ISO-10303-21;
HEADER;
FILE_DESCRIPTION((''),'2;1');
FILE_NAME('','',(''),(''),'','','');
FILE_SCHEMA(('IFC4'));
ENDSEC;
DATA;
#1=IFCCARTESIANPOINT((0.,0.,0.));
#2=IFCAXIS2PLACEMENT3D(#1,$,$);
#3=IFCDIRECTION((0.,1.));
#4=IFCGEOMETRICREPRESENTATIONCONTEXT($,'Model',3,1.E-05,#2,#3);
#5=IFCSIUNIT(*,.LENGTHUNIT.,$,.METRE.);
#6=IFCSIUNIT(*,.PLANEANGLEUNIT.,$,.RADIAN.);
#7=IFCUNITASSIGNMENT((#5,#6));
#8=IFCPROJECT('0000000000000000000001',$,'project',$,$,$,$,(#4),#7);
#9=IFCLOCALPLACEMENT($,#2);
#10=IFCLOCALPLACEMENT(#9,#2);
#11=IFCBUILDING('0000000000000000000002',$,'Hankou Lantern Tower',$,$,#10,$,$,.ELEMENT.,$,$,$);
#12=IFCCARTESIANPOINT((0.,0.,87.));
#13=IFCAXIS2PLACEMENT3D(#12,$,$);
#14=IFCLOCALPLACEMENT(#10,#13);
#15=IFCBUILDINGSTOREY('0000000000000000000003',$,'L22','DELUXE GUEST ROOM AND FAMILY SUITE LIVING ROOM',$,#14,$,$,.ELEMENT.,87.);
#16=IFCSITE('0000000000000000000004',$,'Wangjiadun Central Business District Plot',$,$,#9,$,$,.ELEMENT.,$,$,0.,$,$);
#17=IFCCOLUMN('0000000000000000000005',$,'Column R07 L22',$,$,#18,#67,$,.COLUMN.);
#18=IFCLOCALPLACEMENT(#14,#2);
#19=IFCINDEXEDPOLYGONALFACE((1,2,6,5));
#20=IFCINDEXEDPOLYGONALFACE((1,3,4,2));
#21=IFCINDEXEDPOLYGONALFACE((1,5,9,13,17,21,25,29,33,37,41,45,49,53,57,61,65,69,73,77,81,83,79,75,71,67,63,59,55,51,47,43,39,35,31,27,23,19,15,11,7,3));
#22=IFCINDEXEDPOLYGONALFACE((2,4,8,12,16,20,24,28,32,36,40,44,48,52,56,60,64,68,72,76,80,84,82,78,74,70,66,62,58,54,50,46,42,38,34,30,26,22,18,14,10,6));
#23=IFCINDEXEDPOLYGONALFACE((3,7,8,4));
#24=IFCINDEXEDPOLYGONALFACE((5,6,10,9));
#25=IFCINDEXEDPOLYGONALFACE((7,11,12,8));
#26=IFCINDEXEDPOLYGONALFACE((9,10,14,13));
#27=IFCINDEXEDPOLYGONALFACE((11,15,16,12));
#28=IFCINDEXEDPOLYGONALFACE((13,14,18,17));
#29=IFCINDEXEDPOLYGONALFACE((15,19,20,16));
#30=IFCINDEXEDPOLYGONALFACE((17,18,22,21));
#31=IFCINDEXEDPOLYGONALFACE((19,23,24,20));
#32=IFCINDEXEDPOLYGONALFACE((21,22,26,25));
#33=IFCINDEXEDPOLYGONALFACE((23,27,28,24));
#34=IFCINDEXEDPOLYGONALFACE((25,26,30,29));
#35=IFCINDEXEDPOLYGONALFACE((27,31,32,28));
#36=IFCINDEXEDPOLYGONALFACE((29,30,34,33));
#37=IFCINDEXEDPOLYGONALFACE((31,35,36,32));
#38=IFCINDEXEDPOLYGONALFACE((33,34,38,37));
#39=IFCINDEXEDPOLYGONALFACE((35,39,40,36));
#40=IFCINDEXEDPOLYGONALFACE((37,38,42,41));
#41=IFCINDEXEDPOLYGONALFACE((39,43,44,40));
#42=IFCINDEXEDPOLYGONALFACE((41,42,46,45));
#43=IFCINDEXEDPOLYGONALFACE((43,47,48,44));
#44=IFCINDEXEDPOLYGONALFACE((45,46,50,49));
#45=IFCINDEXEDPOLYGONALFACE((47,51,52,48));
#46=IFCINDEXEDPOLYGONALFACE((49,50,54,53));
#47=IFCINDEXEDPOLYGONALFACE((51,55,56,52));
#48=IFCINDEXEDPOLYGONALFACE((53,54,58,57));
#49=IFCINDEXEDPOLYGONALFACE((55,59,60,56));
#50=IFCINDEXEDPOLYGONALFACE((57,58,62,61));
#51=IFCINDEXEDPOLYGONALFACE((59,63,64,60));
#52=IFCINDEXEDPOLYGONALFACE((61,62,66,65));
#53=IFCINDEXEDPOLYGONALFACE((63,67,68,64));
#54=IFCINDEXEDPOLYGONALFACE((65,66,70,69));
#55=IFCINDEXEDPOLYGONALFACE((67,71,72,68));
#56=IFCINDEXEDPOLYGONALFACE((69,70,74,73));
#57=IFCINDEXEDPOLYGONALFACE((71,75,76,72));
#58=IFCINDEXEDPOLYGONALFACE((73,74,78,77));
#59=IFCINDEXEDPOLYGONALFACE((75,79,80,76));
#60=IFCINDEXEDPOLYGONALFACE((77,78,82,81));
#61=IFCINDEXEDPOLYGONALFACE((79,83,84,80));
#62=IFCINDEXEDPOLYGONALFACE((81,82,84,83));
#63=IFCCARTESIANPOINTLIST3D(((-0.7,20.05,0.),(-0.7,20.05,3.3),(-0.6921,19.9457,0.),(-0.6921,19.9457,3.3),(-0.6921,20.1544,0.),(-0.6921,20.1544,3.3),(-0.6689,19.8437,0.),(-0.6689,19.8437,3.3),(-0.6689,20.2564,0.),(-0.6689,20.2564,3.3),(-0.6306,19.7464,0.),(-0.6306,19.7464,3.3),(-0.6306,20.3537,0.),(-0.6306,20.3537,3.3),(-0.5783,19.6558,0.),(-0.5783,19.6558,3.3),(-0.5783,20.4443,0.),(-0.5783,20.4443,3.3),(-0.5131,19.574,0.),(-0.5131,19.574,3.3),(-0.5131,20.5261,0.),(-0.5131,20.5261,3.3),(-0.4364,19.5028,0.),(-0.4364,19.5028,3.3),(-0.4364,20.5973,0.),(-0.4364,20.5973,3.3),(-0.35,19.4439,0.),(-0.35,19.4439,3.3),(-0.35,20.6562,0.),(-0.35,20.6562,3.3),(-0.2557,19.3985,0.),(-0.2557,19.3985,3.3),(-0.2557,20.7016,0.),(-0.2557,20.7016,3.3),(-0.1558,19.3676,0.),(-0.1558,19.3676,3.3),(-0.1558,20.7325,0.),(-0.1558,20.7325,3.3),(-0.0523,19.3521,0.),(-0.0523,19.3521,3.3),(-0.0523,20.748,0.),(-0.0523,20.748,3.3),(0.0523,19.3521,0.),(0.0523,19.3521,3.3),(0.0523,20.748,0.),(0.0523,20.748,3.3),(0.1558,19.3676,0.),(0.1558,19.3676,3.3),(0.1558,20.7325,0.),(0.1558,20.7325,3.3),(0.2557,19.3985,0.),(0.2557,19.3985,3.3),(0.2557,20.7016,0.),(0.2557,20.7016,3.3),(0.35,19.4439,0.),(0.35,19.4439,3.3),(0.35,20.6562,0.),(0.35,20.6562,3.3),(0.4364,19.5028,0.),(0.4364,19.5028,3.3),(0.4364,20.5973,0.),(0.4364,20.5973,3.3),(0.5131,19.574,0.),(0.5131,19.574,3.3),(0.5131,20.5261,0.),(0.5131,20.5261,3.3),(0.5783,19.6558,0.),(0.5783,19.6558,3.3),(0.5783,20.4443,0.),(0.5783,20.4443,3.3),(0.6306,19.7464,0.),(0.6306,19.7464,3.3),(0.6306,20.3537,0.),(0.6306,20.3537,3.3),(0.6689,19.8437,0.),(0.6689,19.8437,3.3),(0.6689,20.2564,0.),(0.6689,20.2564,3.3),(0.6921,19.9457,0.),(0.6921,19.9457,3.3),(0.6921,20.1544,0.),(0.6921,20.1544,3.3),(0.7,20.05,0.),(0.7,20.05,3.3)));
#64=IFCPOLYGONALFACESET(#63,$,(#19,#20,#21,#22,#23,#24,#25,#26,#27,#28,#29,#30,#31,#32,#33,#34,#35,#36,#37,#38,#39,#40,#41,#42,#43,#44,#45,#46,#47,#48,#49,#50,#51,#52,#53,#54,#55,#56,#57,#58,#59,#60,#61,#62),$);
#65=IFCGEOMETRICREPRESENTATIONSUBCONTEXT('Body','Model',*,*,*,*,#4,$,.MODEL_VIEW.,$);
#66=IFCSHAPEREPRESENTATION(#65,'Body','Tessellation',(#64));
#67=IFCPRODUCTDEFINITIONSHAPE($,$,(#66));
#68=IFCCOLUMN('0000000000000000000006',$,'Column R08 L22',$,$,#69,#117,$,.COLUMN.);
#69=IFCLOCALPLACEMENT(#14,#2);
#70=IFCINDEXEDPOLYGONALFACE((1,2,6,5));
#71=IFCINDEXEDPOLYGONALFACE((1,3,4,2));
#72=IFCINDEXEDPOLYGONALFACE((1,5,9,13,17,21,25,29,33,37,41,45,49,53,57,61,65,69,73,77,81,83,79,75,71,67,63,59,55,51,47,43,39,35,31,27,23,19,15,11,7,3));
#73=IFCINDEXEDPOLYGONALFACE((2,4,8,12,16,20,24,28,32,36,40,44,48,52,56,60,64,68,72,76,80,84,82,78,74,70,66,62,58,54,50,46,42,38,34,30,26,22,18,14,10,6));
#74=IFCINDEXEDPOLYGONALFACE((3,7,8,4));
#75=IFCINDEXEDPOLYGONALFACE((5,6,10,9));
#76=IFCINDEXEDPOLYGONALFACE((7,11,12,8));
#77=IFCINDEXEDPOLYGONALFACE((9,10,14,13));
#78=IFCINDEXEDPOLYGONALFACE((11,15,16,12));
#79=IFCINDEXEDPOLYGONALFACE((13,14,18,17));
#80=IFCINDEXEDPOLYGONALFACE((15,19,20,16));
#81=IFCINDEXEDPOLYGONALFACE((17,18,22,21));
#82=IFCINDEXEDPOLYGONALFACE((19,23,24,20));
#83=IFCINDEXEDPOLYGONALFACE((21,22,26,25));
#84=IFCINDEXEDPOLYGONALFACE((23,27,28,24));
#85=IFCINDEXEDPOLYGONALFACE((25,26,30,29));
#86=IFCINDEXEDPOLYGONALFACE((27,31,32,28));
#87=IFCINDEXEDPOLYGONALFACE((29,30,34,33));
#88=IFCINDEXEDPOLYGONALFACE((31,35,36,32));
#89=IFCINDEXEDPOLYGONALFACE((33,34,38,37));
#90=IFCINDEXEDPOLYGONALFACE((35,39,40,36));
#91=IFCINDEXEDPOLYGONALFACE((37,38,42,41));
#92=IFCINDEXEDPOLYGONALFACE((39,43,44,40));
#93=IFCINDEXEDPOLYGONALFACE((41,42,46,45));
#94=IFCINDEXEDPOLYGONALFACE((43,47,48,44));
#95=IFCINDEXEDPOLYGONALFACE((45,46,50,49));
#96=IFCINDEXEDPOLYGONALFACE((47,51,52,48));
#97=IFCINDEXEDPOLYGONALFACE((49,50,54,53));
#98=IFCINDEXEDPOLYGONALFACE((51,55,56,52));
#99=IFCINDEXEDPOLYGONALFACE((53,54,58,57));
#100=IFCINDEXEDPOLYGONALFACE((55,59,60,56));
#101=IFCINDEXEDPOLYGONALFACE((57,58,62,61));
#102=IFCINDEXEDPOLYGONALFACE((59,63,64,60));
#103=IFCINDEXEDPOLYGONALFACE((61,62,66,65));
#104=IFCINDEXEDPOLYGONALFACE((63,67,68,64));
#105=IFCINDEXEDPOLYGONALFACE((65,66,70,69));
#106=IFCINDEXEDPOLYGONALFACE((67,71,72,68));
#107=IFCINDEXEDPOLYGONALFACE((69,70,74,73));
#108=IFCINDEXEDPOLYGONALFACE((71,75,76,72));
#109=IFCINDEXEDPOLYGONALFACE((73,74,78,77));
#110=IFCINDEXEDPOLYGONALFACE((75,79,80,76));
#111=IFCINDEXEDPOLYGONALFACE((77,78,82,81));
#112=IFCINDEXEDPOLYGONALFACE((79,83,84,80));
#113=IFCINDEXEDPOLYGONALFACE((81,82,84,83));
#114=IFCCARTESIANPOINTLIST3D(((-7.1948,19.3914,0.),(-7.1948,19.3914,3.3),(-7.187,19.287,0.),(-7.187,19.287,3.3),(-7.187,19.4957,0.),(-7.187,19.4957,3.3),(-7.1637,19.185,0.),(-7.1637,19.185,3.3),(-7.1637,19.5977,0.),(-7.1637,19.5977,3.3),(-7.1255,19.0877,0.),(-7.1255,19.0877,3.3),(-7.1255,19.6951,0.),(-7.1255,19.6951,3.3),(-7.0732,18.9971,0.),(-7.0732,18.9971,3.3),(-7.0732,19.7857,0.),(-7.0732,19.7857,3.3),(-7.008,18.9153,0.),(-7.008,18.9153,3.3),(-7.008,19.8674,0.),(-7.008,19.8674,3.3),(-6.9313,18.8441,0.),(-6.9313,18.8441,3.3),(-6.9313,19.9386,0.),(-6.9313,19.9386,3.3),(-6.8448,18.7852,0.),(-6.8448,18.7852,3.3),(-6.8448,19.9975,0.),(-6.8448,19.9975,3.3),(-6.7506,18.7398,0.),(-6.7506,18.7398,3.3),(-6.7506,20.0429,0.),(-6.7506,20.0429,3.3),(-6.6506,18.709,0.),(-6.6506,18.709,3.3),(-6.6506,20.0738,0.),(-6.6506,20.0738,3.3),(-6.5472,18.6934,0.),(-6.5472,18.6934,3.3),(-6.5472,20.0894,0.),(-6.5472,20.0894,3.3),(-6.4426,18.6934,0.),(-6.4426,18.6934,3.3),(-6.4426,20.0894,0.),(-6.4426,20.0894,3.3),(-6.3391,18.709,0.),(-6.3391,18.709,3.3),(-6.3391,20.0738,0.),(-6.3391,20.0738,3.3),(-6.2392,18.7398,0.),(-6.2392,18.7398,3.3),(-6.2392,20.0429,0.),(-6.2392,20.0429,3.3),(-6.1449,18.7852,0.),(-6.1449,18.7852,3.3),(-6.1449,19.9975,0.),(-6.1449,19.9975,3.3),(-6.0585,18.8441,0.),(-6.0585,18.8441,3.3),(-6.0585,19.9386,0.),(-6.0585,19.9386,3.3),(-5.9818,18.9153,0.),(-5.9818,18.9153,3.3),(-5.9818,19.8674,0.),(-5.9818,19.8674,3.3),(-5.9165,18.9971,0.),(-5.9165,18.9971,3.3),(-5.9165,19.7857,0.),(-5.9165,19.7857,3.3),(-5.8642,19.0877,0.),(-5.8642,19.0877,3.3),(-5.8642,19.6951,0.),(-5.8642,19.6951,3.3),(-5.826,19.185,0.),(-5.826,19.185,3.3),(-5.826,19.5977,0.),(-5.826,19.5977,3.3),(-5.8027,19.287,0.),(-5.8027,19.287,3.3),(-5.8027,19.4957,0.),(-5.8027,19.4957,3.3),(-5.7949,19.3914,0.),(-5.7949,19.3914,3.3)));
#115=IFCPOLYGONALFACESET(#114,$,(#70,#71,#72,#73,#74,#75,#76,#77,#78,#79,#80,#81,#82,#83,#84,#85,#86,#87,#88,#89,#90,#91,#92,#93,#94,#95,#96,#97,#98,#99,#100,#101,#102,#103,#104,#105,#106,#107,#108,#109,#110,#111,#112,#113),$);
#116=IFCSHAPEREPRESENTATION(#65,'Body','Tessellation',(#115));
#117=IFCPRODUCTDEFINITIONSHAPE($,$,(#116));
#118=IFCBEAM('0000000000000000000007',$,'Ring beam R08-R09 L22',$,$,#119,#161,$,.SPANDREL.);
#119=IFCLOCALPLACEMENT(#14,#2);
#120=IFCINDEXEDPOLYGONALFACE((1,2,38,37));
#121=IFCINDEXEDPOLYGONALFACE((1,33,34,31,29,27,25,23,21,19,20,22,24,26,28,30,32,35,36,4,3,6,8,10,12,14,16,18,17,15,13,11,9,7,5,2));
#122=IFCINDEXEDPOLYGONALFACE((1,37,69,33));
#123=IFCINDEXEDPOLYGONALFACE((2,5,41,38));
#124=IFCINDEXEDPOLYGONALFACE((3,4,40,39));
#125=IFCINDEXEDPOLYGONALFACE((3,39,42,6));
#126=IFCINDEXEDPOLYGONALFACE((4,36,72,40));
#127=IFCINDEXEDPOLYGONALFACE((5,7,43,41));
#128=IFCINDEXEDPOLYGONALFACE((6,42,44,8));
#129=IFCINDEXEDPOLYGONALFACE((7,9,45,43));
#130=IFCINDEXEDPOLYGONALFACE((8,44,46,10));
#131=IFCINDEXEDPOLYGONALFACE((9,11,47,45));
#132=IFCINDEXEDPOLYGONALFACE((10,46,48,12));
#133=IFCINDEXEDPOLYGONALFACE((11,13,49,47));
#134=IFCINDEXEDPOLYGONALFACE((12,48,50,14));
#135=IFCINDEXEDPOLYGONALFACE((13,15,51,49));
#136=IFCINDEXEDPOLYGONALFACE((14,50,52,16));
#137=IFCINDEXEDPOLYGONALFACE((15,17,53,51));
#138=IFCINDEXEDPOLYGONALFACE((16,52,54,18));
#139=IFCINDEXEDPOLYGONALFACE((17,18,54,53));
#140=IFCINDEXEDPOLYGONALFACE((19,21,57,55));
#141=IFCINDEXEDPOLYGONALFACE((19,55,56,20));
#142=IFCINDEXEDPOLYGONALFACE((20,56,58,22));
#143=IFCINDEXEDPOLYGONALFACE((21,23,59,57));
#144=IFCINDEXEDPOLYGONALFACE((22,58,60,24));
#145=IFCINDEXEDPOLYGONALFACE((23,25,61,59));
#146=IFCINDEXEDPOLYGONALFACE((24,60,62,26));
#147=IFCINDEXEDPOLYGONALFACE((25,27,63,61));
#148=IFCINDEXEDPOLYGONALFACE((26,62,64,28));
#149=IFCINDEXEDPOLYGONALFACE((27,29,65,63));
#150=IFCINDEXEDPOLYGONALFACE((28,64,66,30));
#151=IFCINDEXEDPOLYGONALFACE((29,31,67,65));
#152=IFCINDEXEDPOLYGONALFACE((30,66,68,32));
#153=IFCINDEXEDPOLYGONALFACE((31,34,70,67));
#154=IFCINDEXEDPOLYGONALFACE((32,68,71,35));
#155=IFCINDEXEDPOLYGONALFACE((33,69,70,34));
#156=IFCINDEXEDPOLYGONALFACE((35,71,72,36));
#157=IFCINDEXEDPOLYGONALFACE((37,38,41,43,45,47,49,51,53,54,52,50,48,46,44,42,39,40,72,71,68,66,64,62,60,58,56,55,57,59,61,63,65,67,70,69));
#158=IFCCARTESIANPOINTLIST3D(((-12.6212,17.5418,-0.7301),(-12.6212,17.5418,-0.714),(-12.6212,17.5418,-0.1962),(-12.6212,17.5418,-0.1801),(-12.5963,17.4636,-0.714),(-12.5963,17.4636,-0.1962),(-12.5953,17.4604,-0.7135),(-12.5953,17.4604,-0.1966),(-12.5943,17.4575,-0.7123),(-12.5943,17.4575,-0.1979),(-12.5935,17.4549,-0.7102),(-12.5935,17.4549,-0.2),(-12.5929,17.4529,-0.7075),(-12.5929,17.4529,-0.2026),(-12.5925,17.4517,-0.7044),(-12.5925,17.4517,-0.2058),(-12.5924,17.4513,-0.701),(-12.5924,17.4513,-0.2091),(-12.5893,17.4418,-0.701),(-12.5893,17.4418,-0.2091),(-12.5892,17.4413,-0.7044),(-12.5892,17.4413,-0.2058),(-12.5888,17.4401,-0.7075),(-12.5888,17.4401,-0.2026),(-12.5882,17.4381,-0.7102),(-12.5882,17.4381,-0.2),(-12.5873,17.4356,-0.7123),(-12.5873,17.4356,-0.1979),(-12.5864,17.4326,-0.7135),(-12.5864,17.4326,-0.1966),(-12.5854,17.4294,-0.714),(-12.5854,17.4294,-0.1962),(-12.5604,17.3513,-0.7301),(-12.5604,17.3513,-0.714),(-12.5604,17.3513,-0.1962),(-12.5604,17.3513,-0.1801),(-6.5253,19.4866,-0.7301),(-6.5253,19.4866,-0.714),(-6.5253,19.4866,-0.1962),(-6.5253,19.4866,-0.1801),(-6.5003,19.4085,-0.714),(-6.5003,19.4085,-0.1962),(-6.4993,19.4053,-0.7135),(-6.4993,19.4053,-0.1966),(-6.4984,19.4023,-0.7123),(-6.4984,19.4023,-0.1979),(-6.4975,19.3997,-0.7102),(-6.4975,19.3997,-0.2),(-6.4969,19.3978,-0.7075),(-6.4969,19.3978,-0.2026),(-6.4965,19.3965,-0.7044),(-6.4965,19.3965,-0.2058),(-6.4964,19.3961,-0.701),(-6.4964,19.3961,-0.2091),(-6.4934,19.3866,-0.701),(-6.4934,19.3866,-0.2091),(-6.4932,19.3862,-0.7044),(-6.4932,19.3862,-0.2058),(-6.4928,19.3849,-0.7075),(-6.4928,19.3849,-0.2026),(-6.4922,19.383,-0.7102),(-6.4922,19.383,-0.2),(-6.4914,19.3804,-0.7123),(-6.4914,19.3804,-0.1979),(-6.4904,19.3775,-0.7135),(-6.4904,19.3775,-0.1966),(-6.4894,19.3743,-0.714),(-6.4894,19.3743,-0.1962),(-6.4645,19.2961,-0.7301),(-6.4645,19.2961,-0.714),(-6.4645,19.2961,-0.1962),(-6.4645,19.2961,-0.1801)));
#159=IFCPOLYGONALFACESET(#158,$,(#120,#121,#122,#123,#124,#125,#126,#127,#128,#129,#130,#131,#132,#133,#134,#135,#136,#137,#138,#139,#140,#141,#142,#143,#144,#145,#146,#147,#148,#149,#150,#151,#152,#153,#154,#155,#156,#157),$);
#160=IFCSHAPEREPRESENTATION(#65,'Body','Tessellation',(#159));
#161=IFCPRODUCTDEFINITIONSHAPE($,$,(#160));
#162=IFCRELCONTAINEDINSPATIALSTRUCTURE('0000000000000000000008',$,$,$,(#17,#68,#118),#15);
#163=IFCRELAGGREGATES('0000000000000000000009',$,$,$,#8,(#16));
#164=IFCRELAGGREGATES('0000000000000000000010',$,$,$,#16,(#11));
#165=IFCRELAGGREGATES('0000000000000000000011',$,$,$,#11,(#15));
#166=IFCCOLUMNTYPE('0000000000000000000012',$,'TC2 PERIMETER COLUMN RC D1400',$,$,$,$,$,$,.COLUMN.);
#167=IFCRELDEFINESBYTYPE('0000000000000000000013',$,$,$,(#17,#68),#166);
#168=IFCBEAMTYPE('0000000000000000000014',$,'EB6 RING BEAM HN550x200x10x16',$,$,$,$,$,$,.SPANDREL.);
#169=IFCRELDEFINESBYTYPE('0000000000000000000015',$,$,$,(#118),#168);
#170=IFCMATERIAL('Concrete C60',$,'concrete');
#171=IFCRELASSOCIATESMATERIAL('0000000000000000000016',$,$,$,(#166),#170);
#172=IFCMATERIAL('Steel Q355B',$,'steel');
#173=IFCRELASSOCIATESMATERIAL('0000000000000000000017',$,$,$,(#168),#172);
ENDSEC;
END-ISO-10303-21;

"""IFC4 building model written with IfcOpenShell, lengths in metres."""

from ifc_helpers import new_model, si_unit, direction, frame, origin, origin_2d, place, context, subcontext, project, spatial, circle, i_section, extrude, material, material_profile, profile_set, type_object, element, save


model = new_model("IFC4")

# Units and contexts
model_context = context("Model", 3, precision=1e-05, world=origin(), true_north=direction((0.0, 1.0)))
body_context = subcontext(model_context, "Body", "Model", "MODEL_VIEW")
ifc_project = project(units=[si_unit("LENGTHUNIT", "METRE"), si_unit("PLANEANGLEUNIT", "RADIAN")], contexts=[model_context])

# Site, building, storey
site_placement = place(None, origin())
site = spatial("IfcSite", under=ifc_project, at=site_placement, Name="Wangjiadun Central Business District Plot", CompositionType="ELEMENT", RefElevation=0.0)
building_placement = place(site_placement, origin())
building = spatial("IfcBuilding", under=site, at=building_placement, Name="Hankou Lantern Tower", CompositionType="ELEMENT")
storey_placement = place(building_placement, frame((0.0, 0.0, 87.0)))
storey = spatial("IfcBuildingStorey", under=building, at=storey_placement, Name="L22", Description="DELUXE GUEST ROOM AND FAMILY SUITE LIVING ROOM", CompositionType="ELEMENT", Elevation=87.0)

# Columns
ifc_material_1 = material(Name="Concrete C60", Category="concrete")
ifc_material_profile_1 = material_profile(ifc_material_1, circle(Radius=0.7, at=origin_2d()), Name="RC D1400")
ifc_profile_set_1 = profile_set([ifc_material_profile_1], Name="Concrete C60")
column_type = type_object("IfcColumnType", Name="TC2 PERIMETER COLUMN RC D1400", PredefinedType="COLUMN", material=ifc_profile_set_1)
for number, where, z_axis, x_axis, name in (
    (1, (0.0, 20.05, 0.0), (0.0, 0.0, 1.0), (1.0, 0.0, 0.0), "Column R07 L22"),
    (2, (-6.4949, 19.3914, 0.0), (0.0, 0.0, 1.0), (1.0, 0.0, 0.0), "Column R08 L22"),
):
    element("IfcColumn", number, at=place(storey_placement, frame(where, z_axis=z_axis, x_axis=x_axis)), inside=storey, type_object=column_type, Name=name, PredefinedType="COLUMN", context=body_context, shape_type="SweptSolid", body=[
        extrude(circle(Radius=0.7, at=origin_2d()), origin(), (0.0, 0.0, 1.0), 3.3),
    ])

# Beam
ifc_material_2 = material(Name="Steel Q355B", Category="steel")
ifc_material_profile_2 = material_profile(ifc_material_2, i_section(OverallWidth=0.2, OverallDepth=0.55, WebThickness=0.01, FlangeThickness=0.0161, FilletRadius=0.0129, at=origin_2d()), Name="HN550x200x10x16")
ifc_profile_set_2 = profile_set([ifc_material_profile_2], Name="Steel Q355B")
beam_type_1 = type_object("IfcBeamType", Name="EB6 RING BEAM HN550x200x10x16", PredefinedType="SPANDREL", material=ifc_profile_set_2)
beam_1_placement = place(storey_placement, frame((-6.4949, 19.3914, -0.4551), z_axis=(-0.95269, -0.303942, 0.0), x_axis=(0.303942, -0.95269, 0.0)))
element("IfcBeam", 3, at=beam_1_placement, inside=storey, type_object=beam_type_1, Name="Ring beam R08-R09 L22", PredefinedType="SPANDREL", context=body_context, shape_type="SweptSolid", body=[
    extrude(i_section(OverallWidth=0.2, OverallDepth=0.55, WebThickness=0.01, FlangeThickness=0.0161, FilletRadius=0.0129, at=origin_2d()), origin(), (0.0, 0.0, 1.0), 6.3987),
])

save(model, "model.ifc")
